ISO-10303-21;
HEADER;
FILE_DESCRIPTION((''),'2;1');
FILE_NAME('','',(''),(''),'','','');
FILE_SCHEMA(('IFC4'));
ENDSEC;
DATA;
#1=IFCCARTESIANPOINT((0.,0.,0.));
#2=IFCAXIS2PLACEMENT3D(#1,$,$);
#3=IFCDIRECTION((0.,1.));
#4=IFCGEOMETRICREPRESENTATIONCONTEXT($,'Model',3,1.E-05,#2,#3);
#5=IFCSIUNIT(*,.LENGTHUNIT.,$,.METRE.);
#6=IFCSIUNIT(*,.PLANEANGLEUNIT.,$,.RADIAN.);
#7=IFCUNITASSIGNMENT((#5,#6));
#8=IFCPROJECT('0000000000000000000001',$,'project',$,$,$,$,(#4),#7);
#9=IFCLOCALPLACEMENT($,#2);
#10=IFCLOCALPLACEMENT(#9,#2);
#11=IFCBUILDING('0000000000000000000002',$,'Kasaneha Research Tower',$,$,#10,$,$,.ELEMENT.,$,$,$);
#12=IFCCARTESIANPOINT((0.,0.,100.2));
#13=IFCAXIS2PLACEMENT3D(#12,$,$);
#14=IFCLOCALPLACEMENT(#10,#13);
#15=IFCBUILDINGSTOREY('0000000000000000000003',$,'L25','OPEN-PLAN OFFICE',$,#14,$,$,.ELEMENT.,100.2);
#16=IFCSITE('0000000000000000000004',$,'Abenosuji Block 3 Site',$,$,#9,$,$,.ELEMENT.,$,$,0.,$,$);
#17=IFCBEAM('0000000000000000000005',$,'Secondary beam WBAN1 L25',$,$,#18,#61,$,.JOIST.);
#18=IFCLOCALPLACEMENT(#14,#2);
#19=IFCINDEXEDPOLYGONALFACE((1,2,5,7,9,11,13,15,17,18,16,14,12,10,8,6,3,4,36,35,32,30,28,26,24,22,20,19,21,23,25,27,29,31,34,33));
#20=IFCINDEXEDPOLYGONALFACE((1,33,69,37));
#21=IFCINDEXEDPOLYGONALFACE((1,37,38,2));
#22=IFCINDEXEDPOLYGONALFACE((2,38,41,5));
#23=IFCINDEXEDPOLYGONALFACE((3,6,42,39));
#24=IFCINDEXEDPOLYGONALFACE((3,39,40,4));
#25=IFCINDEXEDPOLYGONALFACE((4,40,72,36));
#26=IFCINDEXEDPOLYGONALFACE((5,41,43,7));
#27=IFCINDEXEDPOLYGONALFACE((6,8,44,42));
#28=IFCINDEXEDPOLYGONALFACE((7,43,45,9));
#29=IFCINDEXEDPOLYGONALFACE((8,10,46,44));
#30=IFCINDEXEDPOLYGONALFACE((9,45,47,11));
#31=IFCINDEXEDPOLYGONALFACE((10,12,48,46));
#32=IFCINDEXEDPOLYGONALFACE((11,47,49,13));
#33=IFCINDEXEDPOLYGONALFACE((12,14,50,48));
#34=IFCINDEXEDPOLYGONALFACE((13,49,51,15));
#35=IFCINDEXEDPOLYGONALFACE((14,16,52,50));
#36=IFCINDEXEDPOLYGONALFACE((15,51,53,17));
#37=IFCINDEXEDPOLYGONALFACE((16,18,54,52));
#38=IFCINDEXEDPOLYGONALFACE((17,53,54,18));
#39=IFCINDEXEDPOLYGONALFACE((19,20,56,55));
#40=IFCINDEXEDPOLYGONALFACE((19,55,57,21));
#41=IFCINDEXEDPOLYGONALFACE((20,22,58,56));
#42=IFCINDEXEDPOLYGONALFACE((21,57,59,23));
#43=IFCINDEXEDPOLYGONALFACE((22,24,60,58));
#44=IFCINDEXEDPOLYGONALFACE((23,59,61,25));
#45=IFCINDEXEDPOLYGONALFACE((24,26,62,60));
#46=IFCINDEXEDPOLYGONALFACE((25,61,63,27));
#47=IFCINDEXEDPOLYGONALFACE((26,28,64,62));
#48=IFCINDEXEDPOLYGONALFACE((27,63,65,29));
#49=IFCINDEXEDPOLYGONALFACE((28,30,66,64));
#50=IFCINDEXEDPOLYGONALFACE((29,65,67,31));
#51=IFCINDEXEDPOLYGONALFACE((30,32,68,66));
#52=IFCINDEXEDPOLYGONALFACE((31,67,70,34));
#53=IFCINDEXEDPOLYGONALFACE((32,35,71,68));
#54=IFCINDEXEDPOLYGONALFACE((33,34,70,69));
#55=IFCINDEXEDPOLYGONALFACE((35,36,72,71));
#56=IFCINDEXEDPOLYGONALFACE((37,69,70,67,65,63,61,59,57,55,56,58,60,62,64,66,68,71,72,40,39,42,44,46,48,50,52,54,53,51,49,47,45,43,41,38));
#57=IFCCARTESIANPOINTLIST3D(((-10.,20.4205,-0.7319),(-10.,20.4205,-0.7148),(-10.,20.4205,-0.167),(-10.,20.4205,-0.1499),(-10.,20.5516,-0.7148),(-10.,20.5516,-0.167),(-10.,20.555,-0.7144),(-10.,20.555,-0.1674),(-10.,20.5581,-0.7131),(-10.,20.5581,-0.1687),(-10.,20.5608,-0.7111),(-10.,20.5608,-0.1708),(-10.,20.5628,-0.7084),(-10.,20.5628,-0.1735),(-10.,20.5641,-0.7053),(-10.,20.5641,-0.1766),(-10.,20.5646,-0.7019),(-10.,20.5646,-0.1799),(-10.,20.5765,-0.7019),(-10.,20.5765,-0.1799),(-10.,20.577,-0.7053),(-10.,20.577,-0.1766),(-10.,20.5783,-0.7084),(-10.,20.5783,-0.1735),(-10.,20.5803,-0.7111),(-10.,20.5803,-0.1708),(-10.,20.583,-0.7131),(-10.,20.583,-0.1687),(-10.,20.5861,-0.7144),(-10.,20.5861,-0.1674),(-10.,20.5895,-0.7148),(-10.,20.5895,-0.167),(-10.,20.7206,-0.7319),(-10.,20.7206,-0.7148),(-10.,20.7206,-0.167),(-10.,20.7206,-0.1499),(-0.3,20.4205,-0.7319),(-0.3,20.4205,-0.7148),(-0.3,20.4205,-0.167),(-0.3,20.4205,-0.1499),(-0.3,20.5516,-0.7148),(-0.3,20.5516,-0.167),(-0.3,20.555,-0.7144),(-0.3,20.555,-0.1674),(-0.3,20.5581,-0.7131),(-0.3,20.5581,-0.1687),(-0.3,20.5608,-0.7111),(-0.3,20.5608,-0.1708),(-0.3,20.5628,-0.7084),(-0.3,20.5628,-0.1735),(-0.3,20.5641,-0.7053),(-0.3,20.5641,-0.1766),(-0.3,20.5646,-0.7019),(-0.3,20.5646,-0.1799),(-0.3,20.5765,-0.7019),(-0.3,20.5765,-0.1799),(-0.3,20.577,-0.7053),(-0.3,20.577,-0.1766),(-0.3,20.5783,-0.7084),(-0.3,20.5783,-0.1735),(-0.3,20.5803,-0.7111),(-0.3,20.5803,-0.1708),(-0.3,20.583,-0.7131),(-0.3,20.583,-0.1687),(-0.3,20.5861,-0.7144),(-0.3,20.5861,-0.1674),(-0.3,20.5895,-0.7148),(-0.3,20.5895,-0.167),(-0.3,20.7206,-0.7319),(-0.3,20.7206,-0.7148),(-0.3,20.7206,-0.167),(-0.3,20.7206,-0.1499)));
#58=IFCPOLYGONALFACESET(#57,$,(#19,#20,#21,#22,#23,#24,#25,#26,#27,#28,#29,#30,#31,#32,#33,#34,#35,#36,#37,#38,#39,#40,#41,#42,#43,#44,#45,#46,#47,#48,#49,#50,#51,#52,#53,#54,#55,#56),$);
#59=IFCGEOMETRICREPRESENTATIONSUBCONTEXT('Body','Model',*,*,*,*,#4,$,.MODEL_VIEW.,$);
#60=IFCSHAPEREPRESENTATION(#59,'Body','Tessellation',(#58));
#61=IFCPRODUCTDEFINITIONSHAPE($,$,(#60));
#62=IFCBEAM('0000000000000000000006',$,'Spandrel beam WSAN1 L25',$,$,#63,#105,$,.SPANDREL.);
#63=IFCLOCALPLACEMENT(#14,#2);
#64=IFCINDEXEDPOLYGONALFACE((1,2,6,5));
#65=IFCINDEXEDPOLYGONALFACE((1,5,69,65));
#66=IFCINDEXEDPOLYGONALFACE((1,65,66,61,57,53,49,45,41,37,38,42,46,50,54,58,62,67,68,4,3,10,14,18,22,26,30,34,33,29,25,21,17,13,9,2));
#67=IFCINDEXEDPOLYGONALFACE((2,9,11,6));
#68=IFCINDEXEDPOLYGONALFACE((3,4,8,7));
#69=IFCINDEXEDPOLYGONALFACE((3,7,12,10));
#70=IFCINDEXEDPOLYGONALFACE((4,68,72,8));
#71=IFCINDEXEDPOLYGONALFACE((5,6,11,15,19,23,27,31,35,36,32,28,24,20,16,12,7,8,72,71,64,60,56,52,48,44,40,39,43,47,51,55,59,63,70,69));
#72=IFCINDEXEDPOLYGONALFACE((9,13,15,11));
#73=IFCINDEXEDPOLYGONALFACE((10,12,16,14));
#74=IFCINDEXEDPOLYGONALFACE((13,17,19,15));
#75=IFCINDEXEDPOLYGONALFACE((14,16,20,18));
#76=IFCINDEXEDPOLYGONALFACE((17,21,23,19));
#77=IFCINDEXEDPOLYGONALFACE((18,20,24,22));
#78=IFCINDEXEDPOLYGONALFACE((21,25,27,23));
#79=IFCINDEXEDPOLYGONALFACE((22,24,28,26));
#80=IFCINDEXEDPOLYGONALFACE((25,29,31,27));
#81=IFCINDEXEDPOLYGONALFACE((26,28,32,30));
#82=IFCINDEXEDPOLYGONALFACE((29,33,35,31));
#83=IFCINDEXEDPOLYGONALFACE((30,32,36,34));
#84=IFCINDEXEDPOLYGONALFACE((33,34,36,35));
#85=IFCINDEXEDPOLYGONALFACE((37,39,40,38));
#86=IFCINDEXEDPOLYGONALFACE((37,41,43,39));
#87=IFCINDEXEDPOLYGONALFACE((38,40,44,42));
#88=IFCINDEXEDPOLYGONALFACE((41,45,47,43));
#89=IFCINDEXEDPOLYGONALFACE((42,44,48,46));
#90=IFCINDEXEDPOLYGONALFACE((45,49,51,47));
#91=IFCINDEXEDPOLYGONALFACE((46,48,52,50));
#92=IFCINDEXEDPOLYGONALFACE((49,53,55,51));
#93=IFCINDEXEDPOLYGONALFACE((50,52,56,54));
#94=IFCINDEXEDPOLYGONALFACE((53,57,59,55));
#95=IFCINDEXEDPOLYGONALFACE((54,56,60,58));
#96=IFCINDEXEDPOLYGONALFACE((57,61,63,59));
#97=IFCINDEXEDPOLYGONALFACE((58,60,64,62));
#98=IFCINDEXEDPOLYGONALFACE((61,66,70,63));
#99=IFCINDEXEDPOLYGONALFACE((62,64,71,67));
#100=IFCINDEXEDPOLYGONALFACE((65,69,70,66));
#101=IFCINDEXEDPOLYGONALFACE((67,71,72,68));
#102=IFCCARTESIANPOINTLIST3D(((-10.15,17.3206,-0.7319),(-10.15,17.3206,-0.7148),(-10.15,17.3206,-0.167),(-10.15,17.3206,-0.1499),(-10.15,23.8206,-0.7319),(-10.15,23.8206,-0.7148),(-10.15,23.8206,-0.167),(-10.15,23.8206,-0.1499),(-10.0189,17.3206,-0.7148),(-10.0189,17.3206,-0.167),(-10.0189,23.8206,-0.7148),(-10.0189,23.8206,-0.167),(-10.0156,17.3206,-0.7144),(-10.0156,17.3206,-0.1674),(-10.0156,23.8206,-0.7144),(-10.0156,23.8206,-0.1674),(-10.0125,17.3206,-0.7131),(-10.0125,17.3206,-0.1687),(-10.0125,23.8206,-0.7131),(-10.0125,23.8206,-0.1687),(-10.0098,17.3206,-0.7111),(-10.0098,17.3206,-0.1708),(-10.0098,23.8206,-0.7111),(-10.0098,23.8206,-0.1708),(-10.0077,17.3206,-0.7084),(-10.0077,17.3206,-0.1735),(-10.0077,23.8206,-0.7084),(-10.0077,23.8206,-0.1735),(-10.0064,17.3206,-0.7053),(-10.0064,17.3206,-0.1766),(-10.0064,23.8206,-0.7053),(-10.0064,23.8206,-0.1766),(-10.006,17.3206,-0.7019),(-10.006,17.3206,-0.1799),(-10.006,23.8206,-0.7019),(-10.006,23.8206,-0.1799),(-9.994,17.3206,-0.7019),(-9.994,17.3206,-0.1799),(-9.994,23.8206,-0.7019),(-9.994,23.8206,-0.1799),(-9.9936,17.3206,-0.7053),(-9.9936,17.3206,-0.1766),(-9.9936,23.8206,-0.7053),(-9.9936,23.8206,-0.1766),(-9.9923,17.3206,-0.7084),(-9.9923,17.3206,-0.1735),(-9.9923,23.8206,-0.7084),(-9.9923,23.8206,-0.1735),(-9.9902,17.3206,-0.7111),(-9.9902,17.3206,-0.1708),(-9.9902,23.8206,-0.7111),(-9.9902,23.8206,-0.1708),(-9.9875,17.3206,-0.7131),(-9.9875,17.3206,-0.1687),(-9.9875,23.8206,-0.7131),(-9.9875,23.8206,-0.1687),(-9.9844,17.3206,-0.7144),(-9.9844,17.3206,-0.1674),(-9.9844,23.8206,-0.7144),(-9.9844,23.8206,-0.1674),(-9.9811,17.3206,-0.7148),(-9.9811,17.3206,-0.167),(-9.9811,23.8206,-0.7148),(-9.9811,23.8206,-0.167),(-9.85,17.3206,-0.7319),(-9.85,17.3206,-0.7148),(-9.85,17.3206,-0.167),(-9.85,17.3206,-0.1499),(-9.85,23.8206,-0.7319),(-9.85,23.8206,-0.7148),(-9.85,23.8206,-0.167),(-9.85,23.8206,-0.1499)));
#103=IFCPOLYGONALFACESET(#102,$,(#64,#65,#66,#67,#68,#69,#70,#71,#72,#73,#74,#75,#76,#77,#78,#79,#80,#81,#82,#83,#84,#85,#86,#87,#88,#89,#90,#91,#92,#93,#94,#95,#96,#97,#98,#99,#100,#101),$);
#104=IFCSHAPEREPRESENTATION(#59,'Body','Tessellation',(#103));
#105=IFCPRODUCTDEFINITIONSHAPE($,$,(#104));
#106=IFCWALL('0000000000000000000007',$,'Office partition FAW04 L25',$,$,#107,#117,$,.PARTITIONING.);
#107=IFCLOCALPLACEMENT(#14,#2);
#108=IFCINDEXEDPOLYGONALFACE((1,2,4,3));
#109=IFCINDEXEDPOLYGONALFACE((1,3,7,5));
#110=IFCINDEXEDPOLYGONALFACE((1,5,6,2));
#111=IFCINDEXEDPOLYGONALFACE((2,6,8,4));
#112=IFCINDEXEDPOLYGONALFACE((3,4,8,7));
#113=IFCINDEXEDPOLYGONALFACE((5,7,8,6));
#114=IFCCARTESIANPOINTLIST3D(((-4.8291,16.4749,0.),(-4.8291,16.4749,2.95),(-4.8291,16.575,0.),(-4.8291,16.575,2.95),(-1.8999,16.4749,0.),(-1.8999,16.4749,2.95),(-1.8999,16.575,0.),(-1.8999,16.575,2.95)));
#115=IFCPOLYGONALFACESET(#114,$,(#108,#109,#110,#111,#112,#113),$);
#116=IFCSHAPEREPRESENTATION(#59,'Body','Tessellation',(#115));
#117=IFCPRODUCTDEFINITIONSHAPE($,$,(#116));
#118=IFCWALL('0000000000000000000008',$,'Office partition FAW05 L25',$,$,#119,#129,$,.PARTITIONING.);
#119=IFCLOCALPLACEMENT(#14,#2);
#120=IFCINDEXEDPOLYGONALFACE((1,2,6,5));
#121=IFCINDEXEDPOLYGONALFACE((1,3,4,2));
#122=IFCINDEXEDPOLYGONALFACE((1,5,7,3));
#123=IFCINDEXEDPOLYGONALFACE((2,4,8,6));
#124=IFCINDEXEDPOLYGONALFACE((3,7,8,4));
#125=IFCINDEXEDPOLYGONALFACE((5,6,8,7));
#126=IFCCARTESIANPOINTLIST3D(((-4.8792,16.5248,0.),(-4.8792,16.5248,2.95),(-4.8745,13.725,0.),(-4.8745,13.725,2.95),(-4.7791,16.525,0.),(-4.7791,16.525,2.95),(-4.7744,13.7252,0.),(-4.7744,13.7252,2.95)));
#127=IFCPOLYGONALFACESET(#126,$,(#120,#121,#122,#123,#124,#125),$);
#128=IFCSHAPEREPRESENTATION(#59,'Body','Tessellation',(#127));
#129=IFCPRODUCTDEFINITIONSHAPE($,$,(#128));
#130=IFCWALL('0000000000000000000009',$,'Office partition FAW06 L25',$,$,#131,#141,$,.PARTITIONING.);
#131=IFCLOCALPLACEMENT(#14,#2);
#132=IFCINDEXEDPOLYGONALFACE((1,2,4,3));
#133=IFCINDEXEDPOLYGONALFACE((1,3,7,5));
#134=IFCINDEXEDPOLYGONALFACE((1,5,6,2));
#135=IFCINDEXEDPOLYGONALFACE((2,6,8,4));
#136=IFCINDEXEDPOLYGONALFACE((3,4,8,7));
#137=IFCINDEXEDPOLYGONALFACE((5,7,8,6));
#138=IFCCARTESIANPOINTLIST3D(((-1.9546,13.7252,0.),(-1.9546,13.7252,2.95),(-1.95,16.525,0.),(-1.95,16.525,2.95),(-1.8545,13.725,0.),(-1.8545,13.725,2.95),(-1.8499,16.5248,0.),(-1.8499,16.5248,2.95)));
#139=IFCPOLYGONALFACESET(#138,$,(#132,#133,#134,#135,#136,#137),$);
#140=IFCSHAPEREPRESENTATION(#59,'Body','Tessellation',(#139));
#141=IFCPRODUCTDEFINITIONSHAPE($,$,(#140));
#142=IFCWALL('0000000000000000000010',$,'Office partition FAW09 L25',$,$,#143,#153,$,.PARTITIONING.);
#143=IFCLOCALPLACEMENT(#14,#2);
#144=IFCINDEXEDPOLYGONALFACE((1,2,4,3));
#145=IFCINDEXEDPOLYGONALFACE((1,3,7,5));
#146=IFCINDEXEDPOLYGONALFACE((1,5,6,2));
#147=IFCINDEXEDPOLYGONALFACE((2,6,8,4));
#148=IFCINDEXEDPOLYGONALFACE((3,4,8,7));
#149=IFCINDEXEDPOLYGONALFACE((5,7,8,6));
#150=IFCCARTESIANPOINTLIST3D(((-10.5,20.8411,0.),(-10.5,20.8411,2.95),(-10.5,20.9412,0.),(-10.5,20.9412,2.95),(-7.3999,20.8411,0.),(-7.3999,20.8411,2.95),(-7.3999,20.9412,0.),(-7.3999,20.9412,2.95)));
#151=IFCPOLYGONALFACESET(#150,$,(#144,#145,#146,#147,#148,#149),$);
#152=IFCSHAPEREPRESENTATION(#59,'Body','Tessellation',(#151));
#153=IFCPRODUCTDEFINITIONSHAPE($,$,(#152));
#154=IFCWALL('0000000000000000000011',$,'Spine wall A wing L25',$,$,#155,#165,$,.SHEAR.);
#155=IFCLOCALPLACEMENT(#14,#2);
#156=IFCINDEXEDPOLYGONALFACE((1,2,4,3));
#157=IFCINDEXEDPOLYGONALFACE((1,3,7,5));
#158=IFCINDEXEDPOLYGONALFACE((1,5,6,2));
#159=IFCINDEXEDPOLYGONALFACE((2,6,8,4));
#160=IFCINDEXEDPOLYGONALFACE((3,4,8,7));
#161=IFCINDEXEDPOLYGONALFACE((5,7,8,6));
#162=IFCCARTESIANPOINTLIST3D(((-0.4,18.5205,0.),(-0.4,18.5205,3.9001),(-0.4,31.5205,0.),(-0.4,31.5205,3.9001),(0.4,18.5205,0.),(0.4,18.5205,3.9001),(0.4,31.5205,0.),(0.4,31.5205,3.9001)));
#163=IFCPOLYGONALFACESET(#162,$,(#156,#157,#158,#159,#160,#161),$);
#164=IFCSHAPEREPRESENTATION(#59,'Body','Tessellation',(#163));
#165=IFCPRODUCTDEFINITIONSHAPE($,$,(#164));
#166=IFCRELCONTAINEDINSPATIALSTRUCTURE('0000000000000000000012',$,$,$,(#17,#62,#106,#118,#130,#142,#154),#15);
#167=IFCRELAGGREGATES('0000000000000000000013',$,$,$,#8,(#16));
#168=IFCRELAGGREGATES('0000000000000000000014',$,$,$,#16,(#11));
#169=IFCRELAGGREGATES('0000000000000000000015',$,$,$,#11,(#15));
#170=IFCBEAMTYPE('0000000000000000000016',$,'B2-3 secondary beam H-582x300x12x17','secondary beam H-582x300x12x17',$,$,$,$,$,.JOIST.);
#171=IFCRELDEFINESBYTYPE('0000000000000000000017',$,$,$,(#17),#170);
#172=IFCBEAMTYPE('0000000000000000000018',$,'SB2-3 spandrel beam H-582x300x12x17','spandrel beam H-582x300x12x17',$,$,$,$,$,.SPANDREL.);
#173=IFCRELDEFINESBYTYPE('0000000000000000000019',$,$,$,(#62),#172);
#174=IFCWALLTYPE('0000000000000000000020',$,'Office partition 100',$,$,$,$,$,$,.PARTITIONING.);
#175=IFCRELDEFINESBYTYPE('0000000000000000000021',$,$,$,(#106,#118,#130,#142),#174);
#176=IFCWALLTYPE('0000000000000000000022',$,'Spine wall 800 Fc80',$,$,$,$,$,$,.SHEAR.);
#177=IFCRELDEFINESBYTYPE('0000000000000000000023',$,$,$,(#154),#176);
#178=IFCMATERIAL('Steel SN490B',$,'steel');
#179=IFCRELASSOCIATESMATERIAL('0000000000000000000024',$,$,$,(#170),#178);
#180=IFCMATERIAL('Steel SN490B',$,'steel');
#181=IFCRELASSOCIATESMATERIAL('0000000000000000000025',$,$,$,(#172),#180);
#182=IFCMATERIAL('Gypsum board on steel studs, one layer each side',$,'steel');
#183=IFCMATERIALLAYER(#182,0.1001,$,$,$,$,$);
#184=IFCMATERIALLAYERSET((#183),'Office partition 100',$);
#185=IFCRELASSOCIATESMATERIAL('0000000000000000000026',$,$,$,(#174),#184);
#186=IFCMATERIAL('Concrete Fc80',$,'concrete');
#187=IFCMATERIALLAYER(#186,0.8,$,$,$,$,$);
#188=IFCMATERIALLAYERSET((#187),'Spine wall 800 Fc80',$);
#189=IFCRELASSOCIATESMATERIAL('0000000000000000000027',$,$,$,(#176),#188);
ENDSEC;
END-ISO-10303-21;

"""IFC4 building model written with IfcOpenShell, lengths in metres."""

from ifc_helpers import new_model, si_unit, direction, frame, frame_2d, origin, origin_2d, place, context, subcontext, project, spatial, rectangle, i_section, extrude, material, layer, layer_set, material_profile, profile_set, type_object, element, save


model = new_model("IFC4")

# Units and contexts
model_context = context("Model", 3, precision=1e-05, world=origin(), true_north=direction((0.0, 1.0)))
body_context = subcontext(model_context, "Body", "Model", "MODEL_VIEW")
ifc_project = project(units=[si_unit("LENGTHUNIT", "METRE"), si_unit("PLANEANGLEUNIT", "RADIAN")], contexts=[model_context])

# Site, building, storey
site_placement = place(None, origin())
site = spatial("IfcSite", under=ifc_project, at=site_placement, Name="Abenosuji Block 3 Site", CompositionType="ELEMENT", RefElevation=0.0)
building_placement = place(site_placement, origin())
building = spatial("IfcBuilding", under=site, at=building_placement, Name="Kasaneha Research Tower", CompositionType="ELEMENT")
storey_placement = place(building_placement, frame((0.0, 0.0, 100.2)))
storey = spatial("IfcBuildingStorey", under=building, at=storey_placement, Name="L25", Description="OPEN-PLAN OFFICE", CompositionType="ELEMENT", Elevation=100.2)

# Beams
ifc_material_1 = material(Name="Steel SN490B", Category="steel")
ifc_material_profile_1 = material_profile(ifc_material_1, i_section(OverallWidth=0.3, OverallDepth=0.582, WebThickness=0.012, FlangeThickness=0.0171, FilletRadius=0.0129, at=origin_2d()), Name="H-582x300x12x17")
ifc_profile_set_1 = profile_set([ifc_material_profile_1], Name="Steel SN490B")
beam_type_1 = type_object("IfcBeamType", Name="B2-3 secondary beam H-582x300x12x17", Description="secondary beam H-582x300x12x17", PredefinedType="JOIST", material=ifc_profile_set_1)
beam_1_placement = place(storey_placement, frame((-10.0, 20.5706, -0.4409), z_axis=(1.0, 0.0, 0.0), x_axis=(0.0, 1.0, 0.0)))
element("IfcBeam", 1, at=beam_1_placement, inside=storey, type_object=beam_type_1, Name="Secondary beam WBAN1 L25", PredefinedType="JOIST", context=body_context, shape_type="SweptSolid", body=[
    extrude(i_section(OverallWidth=0.3, OverallDepth=0.582, WebThickness=0.012, FlangeThickness=0.0171, FilletRadius=0.0129, at=origin_2d()), origin(), (0.0, 0.0, 1.0), 9.7),
])
ifc_material_2 = material(Name="Steel SN490B", Category="steel")
ifc_material_profile_2 = material_profile(ifc_material_2, i_section(OverallWidth=0.3, OverallDepth=0.582, WebThickness=0.012, FlangeThickness=0.0171, FilletRadius=0.0129, at=origin_2d()), Name="H-582x300x12x17")
ifc_profile_set_2 = profile_set([ifc_material_profile_2], Name="Steel SN490B")
beam_type_2 = type_object("IfcBeamType", Name="SB2-3 spandrel beam H-582x300x12x17", Description="spandrel beam H-582x300x12x17", PredefinedType="SPANDREL", material=ifc_profile_set_2)
beam_2_placement = place(storey_placement, frame((-10.0, 17.3206, -0.4409), z_axis=(0.0, 1.0, 0.0), x_axis=(-1.0, 0.0, 0.0)))
element("IfcBeam", 2, at=beam_2_placement, inside=storey, type_object=beam_type_2, Name="Spandrel beam WSAN1 L25", PredefinedType="SPANDREL", context=body_context, shape_type="SweptSolid", body=[
    extrude(i_section(OverallWidth=0.3, OverallDepth=0.582, WebThickness=0.012, FlangeThickness=0.0171, FilletRadius=0.0129, at=origin_2d()), origin(), (0.0, 0.0, 1.0), 6.5),
])

# Walls
ifc_material_3 = material(Name="Gypsum board on steel studs, one layer each side", Category="steel")
ifc_layer_1 = layer(ifc_material_3, 0.1001)
ifc_layer_set_1 = layer_set([ifc_layer_1], Name="Office partition 100")
wall_type_1 = type_object("IfcWallType", Name="Office partition 100", PredefinedType="PARTITIONING", material=ifc_layer_set_1)
wall_1_placement = place(storey_placement, frame((-4.8291, 16.5249, 0.0), z_axis=(0.0, 0.0, 1.0), x_axis=(1.0, 0.0, 0.0)))
element("IfcWall", 3, at=wall_1_placement, inside=storey, type_object=wall_type_1, Name="Office partition FAW04 L25", PredefinedType="PARTITIONING", context=body_context, shape_type="SweptSolid", body=[
    extrude(rectangle(XDim=2.9292, YDim=0.1001, at=frame_2d((1.4646, 0.0))), origin(), (0.0, 0.0, 1.0), 2.95),
])
for number, where, z_axis, x_axis, name in (
    (4, (-4.8245, 13.7251, 0.0), (0.0, 0.0, 1.0), (-0.001657, 0.999999, 0.0), "Office partition FAW05 L25"),
    (5, (-1.8999, 16.5249, 0.0), (0.0, 0.0, 1.0), (-0.001657, -0.999999, 0.0), "Office partition FAW06 L25"),
):
    element("IfcWall", number, at=place(storey_placement, frame(where, z_axis=z_axis, x_axis=x_axis)), inside=storey, type_object=wall_type_1, Name=name, PredefinedType="PARTITIONING", context=body_context, shape_type="SweptSolid", body=[
        extrude(rectangle(XDim=2.7998, YDim=0.1001, at=frame_2d((1.3999, 0.0))), origin(), (0.0, 0.0, 1.0), 2.95),
    ])
wall_2_placement = place(storey_placement, frame((-7.3999, 20.8911, 0.0), z_axis=(0.0, 0.0, 1.0), x_axis=(-1.0, 0.0, 0.0)))
element("IfcWall", 6, at=wall_2_placement, inside=storey, type_object=wall_type_1, Name="Office partition FAW09 L25", PredefinedType="PARTITIONING", context=body_context, shape_type="SweptSolid", body=[
    extrude(rectangle(XDim=3.1001, YDim=0.1001, at=frame_2d((1.55, 0.0))), origin(), (0.0, 0.0, 1.0), 2.95),
])
ifc_material_4 = material(Name="Concrete Fc80", Category="concrete")
ifc_layer_2 = layer(ifc_material_4, 0.8)
ifc_layer_set_2 = layer_set([ifc_layer_2], Name="Spine wall 800 Fc80")
wall_type_2 = type_object("IfcWallType", Name="Spine wall 800 Fc80", PredefinedType="SHEAR", material=ifc_layer_set_2)
wall_3_placement = place(storey_placement, frame((0.0, 18.5205, 0.0), z_axis=(0.0, 0.0, 1.0), x_axis=(0.0, 1.0, 0.0)))
element("IfcWall", 7, at=wall_3_placement, inside=storey, type_object=wall_type_2, Name="Spine wall A wing L25", PredefinedType="SHEAR", context=body_context, shape_type="SweptSolid", body=[
    extrude(rectangle(XDim=13.0, YDim=0.8, at=frame_2d((6.5, 0.0))), origin(), (0.0, 0.0, 1.0), 3.9001),
])

save(model, "model.ifc")
